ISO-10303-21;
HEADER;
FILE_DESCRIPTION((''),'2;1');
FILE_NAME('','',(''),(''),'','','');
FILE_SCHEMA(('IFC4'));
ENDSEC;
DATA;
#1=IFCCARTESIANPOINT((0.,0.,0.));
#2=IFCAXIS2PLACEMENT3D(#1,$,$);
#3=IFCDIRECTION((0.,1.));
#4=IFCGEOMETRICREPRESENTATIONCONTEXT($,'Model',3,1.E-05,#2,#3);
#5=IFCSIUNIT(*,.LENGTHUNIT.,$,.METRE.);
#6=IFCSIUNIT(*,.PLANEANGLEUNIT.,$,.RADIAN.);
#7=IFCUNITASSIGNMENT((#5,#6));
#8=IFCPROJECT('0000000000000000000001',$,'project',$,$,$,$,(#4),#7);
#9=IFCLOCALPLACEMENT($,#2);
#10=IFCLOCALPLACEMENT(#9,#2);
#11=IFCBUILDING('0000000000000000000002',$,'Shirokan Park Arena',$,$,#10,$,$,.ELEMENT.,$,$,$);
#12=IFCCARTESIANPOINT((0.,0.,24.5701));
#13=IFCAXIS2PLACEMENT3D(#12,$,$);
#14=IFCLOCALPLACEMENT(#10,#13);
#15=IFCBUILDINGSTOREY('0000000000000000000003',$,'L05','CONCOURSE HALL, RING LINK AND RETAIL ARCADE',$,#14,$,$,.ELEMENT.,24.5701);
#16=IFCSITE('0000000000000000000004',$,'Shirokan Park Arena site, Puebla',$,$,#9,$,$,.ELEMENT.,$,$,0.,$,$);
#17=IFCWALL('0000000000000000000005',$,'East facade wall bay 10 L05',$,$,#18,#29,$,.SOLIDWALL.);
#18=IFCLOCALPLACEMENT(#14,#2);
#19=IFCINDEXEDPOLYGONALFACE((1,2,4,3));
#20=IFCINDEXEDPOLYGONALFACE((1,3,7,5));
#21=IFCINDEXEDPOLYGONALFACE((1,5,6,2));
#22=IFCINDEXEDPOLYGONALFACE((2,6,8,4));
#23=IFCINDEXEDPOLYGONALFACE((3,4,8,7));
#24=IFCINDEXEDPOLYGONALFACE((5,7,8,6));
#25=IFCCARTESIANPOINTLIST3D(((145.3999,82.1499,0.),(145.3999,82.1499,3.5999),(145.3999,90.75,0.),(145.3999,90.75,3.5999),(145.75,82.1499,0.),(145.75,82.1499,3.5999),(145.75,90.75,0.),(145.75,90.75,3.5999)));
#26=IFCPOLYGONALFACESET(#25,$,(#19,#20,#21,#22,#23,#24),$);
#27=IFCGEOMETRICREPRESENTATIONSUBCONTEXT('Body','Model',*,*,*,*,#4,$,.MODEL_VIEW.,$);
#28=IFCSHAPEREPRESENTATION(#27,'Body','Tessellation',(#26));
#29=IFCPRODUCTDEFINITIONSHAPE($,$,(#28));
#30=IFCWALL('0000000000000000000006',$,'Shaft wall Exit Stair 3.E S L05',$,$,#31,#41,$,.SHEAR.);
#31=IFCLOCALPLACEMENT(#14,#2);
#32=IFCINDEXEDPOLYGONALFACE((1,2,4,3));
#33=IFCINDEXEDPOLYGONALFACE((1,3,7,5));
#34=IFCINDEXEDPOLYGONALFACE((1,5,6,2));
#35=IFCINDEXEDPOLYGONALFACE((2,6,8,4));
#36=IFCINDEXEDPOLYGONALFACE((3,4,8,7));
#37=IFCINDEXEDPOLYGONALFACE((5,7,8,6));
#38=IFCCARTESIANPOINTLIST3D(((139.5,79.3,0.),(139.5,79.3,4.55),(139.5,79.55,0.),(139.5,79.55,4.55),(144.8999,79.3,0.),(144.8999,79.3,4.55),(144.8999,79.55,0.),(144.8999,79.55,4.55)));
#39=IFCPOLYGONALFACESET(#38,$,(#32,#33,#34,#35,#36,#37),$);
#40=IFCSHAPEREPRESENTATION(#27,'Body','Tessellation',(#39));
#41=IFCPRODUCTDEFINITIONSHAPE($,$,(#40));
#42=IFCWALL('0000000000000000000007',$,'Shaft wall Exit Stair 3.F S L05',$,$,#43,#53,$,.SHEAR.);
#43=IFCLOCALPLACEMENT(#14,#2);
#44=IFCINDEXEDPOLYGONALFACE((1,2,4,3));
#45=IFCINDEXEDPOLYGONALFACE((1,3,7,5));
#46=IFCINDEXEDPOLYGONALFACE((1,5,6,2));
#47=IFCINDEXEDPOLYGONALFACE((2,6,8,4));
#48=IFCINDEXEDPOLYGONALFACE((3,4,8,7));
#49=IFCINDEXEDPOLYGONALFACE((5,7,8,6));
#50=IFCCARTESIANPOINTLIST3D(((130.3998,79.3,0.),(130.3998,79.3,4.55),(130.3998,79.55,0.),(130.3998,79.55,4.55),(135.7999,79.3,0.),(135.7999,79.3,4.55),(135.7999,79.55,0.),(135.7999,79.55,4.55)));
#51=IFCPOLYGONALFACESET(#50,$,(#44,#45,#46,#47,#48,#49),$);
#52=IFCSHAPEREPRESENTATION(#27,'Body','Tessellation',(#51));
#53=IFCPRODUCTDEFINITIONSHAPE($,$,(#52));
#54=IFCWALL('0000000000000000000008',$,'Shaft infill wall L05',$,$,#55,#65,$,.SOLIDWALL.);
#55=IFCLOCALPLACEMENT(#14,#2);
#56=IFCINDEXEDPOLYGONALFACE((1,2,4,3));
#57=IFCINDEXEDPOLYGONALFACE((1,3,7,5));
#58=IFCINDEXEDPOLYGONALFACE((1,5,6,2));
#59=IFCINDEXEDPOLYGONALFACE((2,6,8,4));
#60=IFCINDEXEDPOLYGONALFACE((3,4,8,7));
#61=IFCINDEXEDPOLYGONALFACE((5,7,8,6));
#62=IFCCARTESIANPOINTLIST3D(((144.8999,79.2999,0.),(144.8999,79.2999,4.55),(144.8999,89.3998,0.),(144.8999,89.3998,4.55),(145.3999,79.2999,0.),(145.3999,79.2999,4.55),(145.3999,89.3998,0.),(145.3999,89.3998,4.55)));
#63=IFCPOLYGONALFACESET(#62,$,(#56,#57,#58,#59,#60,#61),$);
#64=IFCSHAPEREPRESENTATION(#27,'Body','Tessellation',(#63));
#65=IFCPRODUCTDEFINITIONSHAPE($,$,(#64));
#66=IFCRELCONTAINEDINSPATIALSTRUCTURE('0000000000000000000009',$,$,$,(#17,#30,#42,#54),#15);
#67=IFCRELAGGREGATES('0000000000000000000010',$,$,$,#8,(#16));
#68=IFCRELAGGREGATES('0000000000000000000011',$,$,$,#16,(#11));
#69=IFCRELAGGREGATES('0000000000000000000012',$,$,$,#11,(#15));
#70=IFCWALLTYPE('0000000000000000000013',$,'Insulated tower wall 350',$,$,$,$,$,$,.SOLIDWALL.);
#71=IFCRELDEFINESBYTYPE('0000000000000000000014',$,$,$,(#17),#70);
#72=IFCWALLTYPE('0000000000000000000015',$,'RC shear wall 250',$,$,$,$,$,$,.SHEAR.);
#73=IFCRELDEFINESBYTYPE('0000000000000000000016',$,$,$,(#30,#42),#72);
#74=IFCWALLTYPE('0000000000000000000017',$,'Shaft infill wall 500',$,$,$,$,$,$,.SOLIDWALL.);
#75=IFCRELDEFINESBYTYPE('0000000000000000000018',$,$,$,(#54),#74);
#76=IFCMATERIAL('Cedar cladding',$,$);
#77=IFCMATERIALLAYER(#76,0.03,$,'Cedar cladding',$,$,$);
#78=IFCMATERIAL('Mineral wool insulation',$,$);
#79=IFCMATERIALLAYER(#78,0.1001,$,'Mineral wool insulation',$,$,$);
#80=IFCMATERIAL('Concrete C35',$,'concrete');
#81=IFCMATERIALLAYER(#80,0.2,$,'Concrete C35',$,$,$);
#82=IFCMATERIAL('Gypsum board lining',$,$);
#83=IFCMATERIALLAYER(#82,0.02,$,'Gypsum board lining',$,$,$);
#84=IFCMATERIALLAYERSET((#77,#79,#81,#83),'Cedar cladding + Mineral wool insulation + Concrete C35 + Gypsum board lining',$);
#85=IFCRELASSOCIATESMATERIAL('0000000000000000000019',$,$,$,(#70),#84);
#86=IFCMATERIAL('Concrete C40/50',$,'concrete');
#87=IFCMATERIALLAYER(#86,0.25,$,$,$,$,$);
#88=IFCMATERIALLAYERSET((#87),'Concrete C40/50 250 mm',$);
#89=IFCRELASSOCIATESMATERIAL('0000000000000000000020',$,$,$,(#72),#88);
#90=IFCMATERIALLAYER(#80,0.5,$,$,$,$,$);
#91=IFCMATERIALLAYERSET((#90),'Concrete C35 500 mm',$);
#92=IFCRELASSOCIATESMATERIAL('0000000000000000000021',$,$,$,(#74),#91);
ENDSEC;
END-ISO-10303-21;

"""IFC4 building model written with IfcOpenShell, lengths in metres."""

from ifc_helpers import new_model, si_unit, direction, frame, frame_2d, origin, place, context, subcontext, project, spatial, rectangle, extrude, material, layer, layer_set, type_object, element, save


model = new_model("IFC4")

# Units and contexts
model_context = context("Model", 3, precision=1e-05, world=origin(), true_north=direction((0.0, 1.0)))
body_context = subcontext(model_context, "Body", "Model", "MODEL_VIEW")
ifc_project = project(units=[si_unit("LENGTHUNIT", "METRE"), si_unit("PLANEANGLEUNIT", "RADIAN")], contexts=[model_context])

# Site, building, storey
site_placement = place(None, origin())
site = spatial("IfcSite", under=ifc_project, at=site_placement, Name="Shirokan Park Arena site, Puebla", CompositionType="ELEMENT", RefElevation=0.0)
building_placement = place(site_placement, origin())
building = spatial("IfcBuilding", under=site, at=building_placement, Name="Shirokan Park Arena", CompositionType="ELEMENT")
storey_placement = place(building_placement, frame((0.0, 0.0, 24.5701)))
storey = spatial("IfcBuildingStorey", under=building, at=storey_placement, Name="L05", Description="CONCOURSE HALL, RING LINK AND RETAIL ARCADE", CompositionType="ELEMENT", Elevation=24.5701)

# Shared definitions
ifc_material_1 = material(Name="Concrete C35", Category="concrete")

# Shared definitions
ifc_material_2 = material(Name="Mineral wool insulation")

# Walls
ifc_material_3 = material(Name="Cedar cladding")
ifc_layer_1 = layer(ifc_material_3, 0.03, Name="Cedar cladding")
ifc_layer_2 = layer(ifc_material_2, 0.1001, Name="Mineral wool insulation")
ifc_layer_3 = layer(ifc_material_1, 0.2, Name="Concrete C35")
ifc_material_4 = material(Name="Gypsum board lining")
ifc_layer_4 = layer(ifc_material_4, 0.02, Name="Gypsum board lining")
ifc_layer_set_1 = layer_set([ifc_layer_1, ifc_layer_2, ifc_layer_3, ifc_layer_4], Name="Cedar cladding + Mineral wool insulation + Concrete C35 + Gypsum board lining")
wall_type_1 = type_object("IfcWallType", Name="Insulated tower wall 350", PredefinedType="SOLIDWALL", material=ifc_layer_set_1)
wall_1_placement = place(storey_placement, frame((145.575, 82.1499, 0.0), z_axis=(0.0, 0.0, 1.0), x_axis=(0.0, 1.0, 0.0)))
element("IfcWall", 1, at=wall_1_placement, inside=storey, type_object=wall_type_1, Name="East facade wall bay 10 L05", PredefinedType="SOLIDWALL", context=body_context, shape_type="SweptSolid", body=[
    extrude(rectangle(XDim=8.6001, YDim=0.3501, at=frame_2d((4.3, 0.0))), origin(), (0.0, 0.0, 1.0), 3.5999),
])
ifc_material_5 = material(Name="Concrete C40/50", Category="concrete")
ifc_layer_5 = layer(ifc_material_5, 0.25)
ifc_layer_set_2 = layer_set([ifc_layer_5], Name="Concrete C40/50 250 mm")
wall_type_2 = type_object("IfcWallType", Name="RC shear wall 250", PredefinedType="SHEAR", material=ifc_layer_set_2)
wall_2_placement = place(storey_placement, frame((144.8999, 79.425, 0.0), z_axis=(0.0, 0.0, 1.0), x_axis=(-1.0, 0.0, 0.0)))
element("IfcWall", 2, at=wall_2_placement, inside=storey, type_object=wall_type_2, Name="Shaft wall Exit Stair 3.E S L05", PredefinedType="SHEAR", context=body_context, shape_type="SweptSolid", body=[
    extrude(rectangle(XDim=5.3999, YDim=0.25, at=frame_2d((2.7, 0.0))), origin(), (0.0, 0.0, 1.0), 4.55),
])
wall_3_placement = place(storey_placement, frame((135.8, 79.425, 0.0), z_axis=(0.0, 0.0, 1.0), x_axis=(-1.0, 0.0, 0.0)))
element("IfcWall", 3, at=wall_3_placement, inside=storey, type_object=wall_type_2, Name="Shaft wall Exit Stair 3.F S L05", PredefinedType="SHEAR", context=body_context, shape_type="SweptSolid", body=[
    extrude(rectangle(XDim=5.4001, YDim=0.25, at=frame_2d((2.7002, 0.0))), origin(), (0.0, 0.0, 1.0), 4.55),
])
ifc_layer_6 = layer(ifc_material_1, 0.5)
ifc_layer_set_3 = layer_set([ifc_layer_6], Name="Concrete C35 500 mm")
wall_type_3 = type_object("IfcWallType", Name="Shaft infill wall 500", PredefinedType="SOLIDWALL", material=ifc_layer_set_3)
wall_4_placement = place(storey_placement, frame((145.1499, 79.3, 0.0), z_axis=(0.0, 0.0, 1.0), x_axis=(0.0, 1.0, 0.0)))
element("IfcWall", 4, at=wall_4_placement, inside=storey, type_object=wall_type_3, Name="Shaft infill wall L05", PredefinedType="SOLIDWALL", context=body_context, shape_type="SweptSolid", body=[
    extrude(rectangle(XDim=10.0999, YDim=0.5, at=frame_2d((5.0498, 0.0))), origin(), (0.0, 0.0, 1.0), 4.55),
])

save(model, "model.ifc")
